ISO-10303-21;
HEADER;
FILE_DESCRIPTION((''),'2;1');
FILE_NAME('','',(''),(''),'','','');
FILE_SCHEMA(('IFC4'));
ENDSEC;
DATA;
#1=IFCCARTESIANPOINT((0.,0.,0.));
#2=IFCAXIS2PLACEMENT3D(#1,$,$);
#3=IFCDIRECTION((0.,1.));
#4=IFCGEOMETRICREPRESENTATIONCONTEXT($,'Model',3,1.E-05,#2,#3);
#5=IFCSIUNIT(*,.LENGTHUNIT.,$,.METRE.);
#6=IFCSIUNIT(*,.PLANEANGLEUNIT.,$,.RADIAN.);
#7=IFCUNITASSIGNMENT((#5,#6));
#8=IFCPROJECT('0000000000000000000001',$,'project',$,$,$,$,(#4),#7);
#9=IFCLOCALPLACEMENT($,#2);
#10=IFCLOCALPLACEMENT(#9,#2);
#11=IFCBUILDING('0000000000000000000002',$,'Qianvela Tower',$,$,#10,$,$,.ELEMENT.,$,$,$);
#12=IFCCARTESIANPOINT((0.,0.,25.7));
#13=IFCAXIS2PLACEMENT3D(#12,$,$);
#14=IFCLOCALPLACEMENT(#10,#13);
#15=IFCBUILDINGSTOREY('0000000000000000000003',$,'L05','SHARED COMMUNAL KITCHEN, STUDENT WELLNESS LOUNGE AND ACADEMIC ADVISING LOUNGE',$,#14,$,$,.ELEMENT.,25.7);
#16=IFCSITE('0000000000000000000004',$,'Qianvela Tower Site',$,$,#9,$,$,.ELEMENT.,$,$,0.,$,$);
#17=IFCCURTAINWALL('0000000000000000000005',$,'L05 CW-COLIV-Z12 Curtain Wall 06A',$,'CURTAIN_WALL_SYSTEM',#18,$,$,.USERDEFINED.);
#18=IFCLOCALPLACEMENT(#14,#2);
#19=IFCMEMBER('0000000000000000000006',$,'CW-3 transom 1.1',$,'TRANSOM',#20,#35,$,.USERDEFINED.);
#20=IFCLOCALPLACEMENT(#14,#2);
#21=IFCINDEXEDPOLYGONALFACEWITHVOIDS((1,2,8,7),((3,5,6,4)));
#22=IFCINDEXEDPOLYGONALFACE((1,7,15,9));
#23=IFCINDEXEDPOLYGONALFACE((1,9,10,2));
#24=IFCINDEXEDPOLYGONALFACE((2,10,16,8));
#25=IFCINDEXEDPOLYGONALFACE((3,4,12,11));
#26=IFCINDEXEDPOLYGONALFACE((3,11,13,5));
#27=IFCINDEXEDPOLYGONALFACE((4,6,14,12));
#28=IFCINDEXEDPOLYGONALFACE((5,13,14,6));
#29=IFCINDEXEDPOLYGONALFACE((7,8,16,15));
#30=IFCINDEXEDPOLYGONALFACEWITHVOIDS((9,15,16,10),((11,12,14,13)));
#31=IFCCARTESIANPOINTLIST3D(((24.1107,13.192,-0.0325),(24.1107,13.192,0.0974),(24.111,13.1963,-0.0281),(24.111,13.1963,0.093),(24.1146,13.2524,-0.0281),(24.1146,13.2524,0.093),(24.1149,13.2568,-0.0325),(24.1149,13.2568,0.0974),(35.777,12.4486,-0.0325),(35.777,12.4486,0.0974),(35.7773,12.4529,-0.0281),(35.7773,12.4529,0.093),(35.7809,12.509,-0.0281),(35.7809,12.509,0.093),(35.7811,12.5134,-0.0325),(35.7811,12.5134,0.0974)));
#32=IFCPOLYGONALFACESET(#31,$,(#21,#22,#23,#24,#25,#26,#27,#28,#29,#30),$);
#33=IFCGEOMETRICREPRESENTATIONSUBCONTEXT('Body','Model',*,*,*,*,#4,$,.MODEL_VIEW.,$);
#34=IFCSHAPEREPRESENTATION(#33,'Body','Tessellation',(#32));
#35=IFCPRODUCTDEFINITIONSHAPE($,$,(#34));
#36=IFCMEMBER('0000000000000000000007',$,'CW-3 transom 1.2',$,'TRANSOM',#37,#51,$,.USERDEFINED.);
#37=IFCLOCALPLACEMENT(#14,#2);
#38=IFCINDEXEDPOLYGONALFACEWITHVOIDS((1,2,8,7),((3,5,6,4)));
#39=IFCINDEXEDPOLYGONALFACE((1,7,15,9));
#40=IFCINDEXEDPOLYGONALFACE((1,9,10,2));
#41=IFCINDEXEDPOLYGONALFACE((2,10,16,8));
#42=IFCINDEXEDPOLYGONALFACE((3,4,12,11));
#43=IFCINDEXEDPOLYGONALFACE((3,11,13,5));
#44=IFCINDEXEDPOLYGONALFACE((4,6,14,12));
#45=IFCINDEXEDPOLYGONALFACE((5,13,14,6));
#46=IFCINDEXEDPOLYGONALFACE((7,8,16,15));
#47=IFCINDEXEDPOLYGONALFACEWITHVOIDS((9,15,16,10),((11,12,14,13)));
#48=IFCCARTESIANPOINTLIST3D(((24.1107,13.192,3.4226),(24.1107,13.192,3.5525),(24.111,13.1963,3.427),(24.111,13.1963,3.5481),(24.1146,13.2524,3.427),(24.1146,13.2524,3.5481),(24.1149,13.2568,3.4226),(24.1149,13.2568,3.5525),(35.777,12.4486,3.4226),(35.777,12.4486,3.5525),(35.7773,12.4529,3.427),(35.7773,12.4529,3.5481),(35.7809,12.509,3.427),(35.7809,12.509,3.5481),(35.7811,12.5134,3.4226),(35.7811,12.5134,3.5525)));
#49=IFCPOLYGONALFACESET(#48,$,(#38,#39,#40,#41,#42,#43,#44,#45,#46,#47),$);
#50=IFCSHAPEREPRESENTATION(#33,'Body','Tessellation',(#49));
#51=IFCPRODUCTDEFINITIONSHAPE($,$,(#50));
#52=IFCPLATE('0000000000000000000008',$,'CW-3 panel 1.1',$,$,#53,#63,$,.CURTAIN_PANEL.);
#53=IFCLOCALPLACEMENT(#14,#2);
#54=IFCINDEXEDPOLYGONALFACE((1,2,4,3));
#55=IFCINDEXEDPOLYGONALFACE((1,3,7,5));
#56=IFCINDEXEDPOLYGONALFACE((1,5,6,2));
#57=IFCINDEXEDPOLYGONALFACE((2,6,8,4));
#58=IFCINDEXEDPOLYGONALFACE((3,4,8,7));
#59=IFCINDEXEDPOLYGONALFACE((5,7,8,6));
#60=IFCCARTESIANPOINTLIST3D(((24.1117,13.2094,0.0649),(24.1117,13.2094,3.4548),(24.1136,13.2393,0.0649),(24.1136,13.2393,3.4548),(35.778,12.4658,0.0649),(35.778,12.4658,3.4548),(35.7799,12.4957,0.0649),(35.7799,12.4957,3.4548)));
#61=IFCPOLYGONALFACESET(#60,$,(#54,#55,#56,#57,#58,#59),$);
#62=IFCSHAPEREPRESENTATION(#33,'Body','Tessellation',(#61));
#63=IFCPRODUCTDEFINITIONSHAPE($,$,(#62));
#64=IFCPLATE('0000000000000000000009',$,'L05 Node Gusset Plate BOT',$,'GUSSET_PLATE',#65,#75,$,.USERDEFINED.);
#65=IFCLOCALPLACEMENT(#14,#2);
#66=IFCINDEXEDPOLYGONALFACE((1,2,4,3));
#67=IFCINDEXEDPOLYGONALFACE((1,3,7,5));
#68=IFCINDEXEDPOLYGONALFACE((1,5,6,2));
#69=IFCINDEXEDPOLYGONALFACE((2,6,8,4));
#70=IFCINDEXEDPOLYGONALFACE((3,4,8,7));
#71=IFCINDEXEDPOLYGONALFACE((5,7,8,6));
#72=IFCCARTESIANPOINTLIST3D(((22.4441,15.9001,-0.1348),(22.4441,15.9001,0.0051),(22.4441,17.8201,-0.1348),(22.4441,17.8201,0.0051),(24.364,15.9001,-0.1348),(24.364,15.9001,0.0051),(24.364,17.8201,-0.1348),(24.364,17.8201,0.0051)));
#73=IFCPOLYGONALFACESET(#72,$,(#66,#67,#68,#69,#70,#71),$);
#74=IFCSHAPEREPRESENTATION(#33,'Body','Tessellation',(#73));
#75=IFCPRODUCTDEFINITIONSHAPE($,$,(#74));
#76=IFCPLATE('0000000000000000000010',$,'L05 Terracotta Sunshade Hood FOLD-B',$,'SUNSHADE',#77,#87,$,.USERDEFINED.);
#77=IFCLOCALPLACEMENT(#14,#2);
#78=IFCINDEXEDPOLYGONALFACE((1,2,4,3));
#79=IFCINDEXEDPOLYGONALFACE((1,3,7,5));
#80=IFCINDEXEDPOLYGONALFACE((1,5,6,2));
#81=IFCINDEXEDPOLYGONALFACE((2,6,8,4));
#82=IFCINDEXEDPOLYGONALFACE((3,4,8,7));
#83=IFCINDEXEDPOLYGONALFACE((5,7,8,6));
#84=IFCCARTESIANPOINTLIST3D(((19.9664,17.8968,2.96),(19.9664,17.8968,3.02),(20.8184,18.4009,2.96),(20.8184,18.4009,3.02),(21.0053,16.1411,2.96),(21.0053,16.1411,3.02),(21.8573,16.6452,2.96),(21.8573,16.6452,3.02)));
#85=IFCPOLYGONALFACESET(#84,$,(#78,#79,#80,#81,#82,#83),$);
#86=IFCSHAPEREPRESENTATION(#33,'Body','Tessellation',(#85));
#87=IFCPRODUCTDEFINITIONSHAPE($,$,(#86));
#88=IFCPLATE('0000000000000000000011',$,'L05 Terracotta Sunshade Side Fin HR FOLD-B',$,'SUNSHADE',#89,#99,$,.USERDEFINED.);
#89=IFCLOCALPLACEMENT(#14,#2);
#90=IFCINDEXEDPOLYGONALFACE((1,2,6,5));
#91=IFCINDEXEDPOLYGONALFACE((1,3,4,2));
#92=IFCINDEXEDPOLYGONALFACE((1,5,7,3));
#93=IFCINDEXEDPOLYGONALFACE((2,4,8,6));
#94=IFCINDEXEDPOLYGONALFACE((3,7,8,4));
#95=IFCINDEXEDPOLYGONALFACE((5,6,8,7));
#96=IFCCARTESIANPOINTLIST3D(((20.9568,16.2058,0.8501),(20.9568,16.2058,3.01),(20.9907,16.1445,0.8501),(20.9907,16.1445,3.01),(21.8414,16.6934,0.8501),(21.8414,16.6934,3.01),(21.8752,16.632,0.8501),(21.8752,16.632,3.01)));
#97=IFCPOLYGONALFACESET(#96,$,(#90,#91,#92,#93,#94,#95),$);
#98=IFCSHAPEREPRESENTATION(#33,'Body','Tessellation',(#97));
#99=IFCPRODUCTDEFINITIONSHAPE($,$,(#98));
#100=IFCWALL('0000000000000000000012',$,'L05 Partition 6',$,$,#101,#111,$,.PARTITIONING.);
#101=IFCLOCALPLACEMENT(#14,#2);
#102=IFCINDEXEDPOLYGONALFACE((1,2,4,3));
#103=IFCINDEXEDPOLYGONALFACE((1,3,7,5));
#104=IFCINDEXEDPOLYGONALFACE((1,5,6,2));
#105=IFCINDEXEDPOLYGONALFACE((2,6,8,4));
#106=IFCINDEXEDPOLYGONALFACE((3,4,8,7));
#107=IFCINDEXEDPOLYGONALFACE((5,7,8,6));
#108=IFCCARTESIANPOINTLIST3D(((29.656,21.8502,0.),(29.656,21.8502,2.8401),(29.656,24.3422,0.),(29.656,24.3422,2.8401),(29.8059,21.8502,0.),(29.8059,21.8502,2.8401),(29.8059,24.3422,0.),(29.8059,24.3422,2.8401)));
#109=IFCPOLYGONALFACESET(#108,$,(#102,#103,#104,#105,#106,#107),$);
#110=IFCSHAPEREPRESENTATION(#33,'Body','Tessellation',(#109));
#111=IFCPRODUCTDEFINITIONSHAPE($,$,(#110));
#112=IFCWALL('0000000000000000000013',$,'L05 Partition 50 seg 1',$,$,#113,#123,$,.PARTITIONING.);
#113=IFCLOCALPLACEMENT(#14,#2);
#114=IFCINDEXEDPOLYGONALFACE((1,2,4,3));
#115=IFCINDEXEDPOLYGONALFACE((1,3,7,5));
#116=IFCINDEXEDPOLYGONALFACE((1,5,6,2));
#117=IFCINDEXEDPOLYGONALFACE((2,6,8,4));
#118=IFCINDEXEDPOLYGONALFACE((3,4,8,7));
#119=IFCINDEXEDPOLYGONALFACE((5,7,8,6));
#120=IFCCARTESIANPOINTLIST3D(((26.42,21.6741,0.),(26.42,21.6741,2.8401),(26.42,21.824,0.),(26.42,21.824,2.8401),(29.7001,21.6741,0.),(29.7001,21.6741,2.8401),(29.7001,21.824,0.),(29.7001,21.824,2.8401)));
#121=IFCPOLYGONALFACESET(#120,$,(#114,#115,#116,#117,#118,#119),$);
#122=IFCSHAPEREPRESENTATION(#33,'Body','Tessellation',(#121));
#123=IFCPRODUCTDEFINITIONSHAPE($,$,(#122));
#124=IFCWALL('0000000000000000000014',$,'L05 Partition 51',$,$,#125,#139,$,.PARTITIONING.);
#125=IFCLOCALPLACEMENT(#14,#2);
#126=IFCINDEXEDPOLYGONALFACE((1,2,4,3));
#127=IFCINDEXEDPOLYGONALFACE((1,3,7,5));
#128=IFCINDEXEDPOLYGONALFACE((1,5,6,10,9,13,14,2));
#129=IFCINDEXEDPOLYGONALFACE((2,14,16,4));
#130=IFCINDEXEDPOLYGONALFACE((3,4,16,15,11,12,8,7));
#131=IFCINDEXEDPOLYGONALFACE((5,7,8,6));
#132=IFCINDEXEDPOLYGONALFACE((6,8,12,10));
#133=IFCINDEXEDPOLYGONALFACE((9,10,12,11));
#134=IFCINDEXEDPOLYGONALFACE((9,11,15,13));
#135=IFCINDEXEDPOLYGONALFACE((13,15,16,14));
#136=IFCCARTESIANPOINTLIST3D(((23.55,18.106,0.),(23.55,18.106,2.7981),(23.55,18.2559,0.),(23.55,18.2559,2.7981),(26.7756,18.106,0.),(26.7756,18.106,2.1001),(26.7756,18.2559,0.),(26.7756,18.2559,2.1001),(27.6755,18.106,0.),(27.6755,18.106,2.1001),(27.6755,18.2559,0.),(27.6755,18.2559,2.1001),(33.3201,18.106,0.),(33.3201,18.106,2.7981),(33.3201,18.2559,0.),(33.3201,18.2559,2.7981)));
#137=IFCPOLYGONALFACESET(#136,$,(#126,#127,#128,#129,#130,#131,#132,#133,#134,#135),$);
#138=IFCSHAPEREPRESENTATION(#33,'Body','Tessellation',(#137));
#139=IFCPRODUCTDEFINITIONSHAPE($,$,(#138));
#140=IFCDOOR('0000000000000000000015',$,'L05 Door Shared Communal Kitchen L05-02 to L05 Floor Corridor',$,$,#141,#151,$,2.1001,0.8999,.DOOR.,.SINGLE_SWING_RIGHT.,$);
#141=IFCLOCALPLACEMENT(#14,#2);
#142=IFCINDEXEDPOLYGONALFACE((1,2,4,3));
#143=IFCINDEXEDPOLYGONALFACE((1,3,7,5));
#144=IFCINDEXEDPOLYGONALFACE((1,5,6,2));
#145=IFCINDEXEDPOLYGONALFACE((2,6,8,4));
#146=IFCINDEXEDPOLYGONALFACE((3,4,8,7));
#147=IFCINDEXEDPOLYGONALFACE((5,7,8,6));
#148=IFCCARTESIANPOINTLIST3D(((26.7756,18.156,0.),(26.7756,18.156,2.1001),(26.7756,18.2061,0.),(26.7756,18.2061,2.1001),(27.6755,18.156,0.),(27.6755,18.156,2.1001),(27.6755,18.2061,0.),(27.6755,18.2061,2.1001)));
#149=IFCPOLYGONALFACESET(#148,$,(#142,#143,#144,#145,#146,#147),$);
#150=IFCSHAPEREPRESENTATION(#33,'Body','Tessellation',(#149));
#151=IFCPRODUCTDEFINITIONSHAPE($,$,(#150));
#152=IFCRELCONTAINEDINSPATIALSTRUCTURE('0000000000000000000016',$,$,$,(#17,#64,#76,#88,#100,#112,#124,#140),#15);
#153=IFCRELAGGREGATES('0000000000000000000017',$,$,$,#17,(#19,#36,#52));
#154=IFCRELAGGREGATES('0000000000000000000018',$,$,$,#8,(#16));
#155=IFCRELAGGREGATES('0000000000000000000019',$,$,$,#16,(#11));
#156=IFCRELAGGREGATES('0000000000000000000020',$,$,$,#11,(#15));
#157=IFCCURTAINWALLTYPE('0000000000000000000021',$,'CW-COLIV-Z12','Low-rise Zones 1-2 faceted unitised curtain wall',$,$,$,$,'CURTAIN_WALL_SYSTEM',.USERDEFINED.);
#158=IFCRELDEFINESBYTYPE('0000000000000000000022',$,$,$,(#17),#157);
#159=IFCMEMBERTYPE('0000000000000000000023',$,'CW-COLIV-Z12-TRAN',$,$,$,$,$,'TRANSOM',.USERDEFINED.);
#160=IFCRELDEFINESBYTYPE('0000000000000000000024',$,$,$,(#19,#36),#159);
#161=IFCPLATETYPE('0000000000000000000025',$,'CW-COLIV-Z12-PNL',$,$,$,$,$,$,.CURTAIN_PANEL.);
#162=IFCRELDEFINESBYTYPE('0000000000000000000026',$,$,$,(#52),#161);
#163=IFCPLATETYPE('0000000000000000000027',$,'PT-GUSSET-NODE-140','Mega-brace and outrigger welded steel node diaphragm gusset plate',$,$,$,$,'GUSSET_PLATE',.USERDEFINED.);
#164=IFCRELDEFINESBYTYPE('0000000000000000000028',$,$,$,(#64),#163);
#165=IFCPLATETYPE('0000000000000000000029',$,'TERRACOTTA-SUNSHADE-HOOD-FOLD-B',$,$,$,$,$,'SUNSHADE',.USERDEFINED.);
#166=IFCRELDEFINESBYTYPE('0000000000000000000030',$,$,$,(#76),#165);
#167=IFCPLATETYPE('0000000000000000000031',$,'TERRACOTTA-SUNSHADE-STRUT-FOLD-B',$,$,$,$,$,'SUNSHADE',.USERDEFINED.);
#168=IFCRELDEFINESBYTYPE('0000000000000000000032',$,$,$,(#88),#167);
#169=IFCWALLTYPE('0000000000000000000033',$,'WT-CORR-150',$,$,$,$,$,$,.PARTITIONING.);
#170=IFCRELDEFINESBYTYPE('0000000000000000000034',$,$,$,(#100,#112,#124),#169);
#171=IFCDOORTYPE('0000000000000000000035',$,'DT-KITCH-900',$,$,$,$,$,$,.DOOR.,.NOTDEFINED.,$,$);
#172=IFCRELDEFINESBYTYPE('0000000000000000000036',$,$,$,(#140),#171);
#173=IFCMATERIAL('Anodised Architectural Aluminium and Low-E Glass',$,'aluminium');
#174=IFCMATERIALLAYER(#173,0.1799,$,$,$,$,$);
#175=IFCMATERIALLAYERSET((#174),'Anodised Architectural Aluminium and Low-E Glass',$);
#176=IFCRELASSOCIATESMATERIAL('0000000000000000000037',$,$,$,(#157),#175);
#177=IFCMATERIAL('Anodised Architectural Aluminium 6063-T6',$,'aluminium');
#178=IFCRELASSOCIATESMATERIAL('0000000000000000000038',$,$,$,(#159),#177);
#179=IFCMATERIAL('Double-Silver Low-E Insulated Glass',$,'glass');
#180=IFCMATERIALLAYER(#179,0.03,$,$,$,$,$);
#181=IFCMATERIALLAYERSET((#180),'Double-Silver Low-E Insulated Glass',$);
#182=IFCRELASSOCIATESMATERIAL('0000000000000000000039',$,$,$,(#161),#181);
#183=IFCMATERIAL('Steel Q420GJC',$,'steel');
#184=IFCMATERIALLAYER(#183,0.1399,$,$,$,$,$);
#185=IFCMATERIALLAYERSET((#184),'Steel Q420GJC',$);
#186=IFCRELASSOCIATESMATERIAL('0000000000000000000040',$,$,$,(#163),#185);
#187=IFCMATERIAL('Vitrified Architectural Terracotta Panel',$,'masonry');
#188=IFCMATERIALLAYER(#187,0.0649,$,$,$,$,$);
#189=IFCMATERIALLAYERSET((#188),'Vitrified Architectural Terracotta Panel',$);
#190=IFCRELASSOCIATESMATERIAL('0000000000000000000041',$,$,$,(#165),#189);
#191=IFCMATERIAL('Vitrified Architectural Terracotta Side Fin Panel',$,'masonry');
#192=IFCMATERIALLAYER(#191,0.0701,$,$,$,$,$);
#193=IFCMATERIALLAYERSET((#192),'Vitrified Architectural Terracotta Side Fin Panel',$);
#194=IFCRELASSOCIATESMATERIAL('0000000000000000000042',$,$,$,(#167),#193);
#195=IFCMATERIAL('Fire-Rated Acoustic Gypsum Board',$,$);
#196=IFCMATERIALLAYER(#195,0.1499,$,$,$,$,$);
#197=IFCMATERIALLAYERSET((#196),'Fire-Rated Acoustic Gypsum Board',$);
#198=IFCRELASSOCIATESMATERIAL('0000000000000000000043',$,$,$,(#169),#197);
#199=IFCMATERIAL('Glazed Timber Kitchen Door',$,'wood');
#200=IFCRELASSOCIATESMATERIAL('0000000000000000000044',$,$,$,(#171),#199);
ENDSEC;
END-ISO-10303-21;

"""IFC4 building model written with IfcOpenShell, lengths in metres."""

from ifc_helpers import new_model, si_unit, direction, frame, frame_2d, origin, origin_2d, place, context, subcontext, project, spatial, rectangle, hollow_rectangle, extrude, material, layer, layer_set, material_profile, profile_set, type_object, element, fill, aggregate, save


model = new_model("IFC4")

# Units and contexts
model_context = context("Model", 3, precision=1e-05, world=origin(), true_north=direction((0.0, 1.0)))
body_context = subcontext(model_context, "Body", "Model", "MODEL_VIEW")
ifc_project = project(units=[si_unit("LENGTHUNIT", "METRE"), si_unit("PLANEANGLEUNIT", "RADIAN")], contexts=[model_context])

# Site, building, storey
site_placement = place(None, origin())
site = spatial("IfcSite", under=ifc_project, at=site_placement, Name="Qianvela Tower Site", CompositionType="ELEMENT", RefElevation=0.0)
building_placement = place(site_placement, origin())
building = spatial("IfcBuilding", under=site, at=building_placement, Name="Qianvela Tower", CompositionType="ELEMENT")
storey_placement = place(building_placement, frame((0.0, 0.0, 25.7)))
storey = spatial("IfcBuildingStorey", under=building, at=storey_placement, Name="L05", Description="SHARED COMMUNAL KITCHEN, STUDENT WELLNESS LOUNGE AND ACADEMIC ADVISING LOUNGE", CompositionType="ELEMENT", Elevation=25.7)

# Curtain wall, members, plate
ifc_material_1 = material(Name="Anodised Architectural Aluminium and Low-E Glass", Category="aluminium")
ifc_layer_1 = layer(ifc_material_1, 0.1799)
ifc_layer_set_1 = layer_set([ifc_layer_1], Name="Anodised Architectural Aluminium and Low-E Glass")
curtain_wall_type = type_object("IfcCurtainWallType", Name="CW-COLIV-Z12", Description="Low-rise Zones 1-2 faceted unitised curtain wall", ElementType="CURTAIN_WALL_SYSTEM", PredefinedType="USERDEFINED", material=ifc_layer_set_1)
curtain_wall_placement = place(storey_placement, origin())
curtain_wall = element("IfcCurtainWall", 1, at=curtain_wall_placement, inside=storey, type_object=curtain_wall_type, Name="L05 CW-COLIV-Z12 Curtain Wall 06A", ObjectType="CURTAIN_WALL_SYSTEM", PredefinedType="USERDEFINED")
ifc_material_2 = material(Name="Anodised Architectural Aluminium 6063-T6", Category="aluminium")
ifc_material_profile_1 = material_profile(ifc_material_2, hollow_rectangle(XDim=0.0649, YDim=0.1299, WallThickness=0.0044, at=origin_2d()), Name="ALU-TRAN-65x130")
ifc_profile_set_1 = profile_set([ifc_material_profile_1], Name="Anodised Architectural Aluminium 6063-T6")
member_type_1 = type_object("IfcMemberType", Name="CW-COLIV-Z12-TRAN", ElementType="TRANSOM", PredefinedType="USERDEFINED", material=ifc_profile_set_1)
member_1_placement = place(storey_placement, frame((24.1128, 13.2244, 0.0325), z_axis=(0.997976, -0.063594, 0.0), x_axis=(0.063594, 0.997976, 0.0)))
member_1 = element("IfcMember", 2, at=member_1_placement, type_object=member_type_1, Name="CW-3 transom 1.1", ObjectType="TRANSOM", PredefinedType="USERDEFINED", context=body_context, shape_type="SweptSolid", body=[
    extrude(hollow_rectangle(XDim=0.0649, YDim=0.1299, WallThickness=0.0044, at=origin_2d()), origin(), (0.0, 0.0, 1.0), 11.6899),
])
member_2_placement = place(storey_placement, frame((24.1128, 13.2244, 3.4875), z_axis=(0.997976, -0.063594, 0.0), x_axis=(0.063594, 0.997976, 0.0)))
member_2 = element("IfcMember", 3, at=member_2_placement, type_object=member_type_1, Name="CW-3 transom 1.2", ObjectType="TRANSOM", PredefinedType="USERDEFINED", context=body_context, shape_type="SweptSolid", body=[
    extrude(hollow_rectangle(XDim=0.0649, YDim=0.1299, WallThickness=0.0044, at=origin_2d()), origin(), (0.0, 0.0, 1.0), 11.6899),
])
ifc_material_3 = material(Name="Double-Silver Low-E Insulated Glass", Category="glass")
ifc_layer_2 = layer(ifc_material_3, 0.03)
ifc_layer_set_2 = layer_set([ifc_layer_2], Name="Double-Silver Low-E Insulated Glass")
plate_type_1 = type_object("IfcPlateType", Name="CW-COLIV-Z12-PNL", PredefinedType="CURTAIN_PANEL", material=ifc_layer_set_2)
plate_1_placement = place(storey_placement, frame((29.9458, 12.8525, 0.0649), z_axis=(0.0, 0.0, 1.0), x_axis=(0.997975, -0.06361, 0.0)))
plate_1 = element("IfcPlate", 4, at=plate_1_placement, type_object=plate_type_1, Name="CW-3 panel 1.1", PredefinedType="CURTAIN_PANEL", context=body_context, shape_type="SweptSolid", body=[
    extrude(rectangle(XDim=11.6899, YDim=0.03, at=origin_2d()), origin(), (0.0, 0.0, 1.0), 3.3899),
])
aggregate(curtain_wall, [member_1, member_2, plate_1])

# Plates
ifc_material_4 = material(Name="Steel Q420GJC", Category="steel")
ifc_layer_3 = layer(ifc_material_4, 0.1399)
ifc_layer_set_3 = layer_set([ifc_layer_3], Name="Steel Q420GJC")
plate_type_2 = type_object("IfcPlateType", Name="PT-GUSSET-NODE-140", Description="Mega-brace and outrigger welded steel node diaphragm gusset plate", ElementType="GUSSET_PLATE", PredefinedType="USERDEFINED", material=ifc_layer_set_3)
plate_2_placement = place(storey_placement, frame((23.4041, 16.8601, -0.1348), z_axis=(0.0, 0.0, 1.0), x_axis=(1.0, 0.0, 0.0)))
element("IfcPlate", 5, at=plate_2_placement, inside=storey, type_object=plate_type_2, Name="L05 Node Gusset Plate BOT", ObjectType="GUSSET_PLATE", PredefinedType="USERDEFINED", context=body_context, shape_type="SweptSolid", body=[
    extrude(rectangle(XDim=1.9199, YDim=1.9199, at=origin_2d()), origin(), (0.0, 0.0, 1.0), 0.1399),
])
ifc_material_5 = material(Name="Vitrified Architectural Terracotta Panel", Category="masonry")
ifc_layer_4 = layer(ifc_material_5, 0.0649)
ifc_layer_set_4 = layer_set([ifc_layer_4], Name="Vitrified Architectural Terracotta Panel")
plate_type_3 = type_object("IfcPlateType", Name="TERRACOTTA-SUNSHADE-HOOD-FOLD-B", ElementType="SUNSHADE", PredefinedType="USERDEFINED", material=ifc_layer_set_4)
plate_3_placement = place(storey_placement, frame((20.9119, 17.271, 2.96), z_axis=(0.0, 0.0, 1.0), x_axis=(0.509253, -0.860617, 0.0)))
element("IfcPlate", 6, at=plate_3_placement, inside=storey, type_object=plate_type_3, Name="L05 Terracotta Sunshade Hood FOLD-B", ObjectType="SUNSHADE", PredefinedType="USERDEFINED", context=body_context, shape_type="SweptSolid", body=[
    extrude(rectangle(XDim=2.04, YDim=0.99, at=origin_2d()), origin(), (0.0, 0.0, 1.0), 0.0601),
])
ifc_material_6 = material(Name="Vitrified Architectural Terracotta Side Fin Panel", Category="masonry")
ifc_layer_5 = layer(ifc_material_6, 0.0701)
ifc_layer_set_5 = layer_set([ifc_layer_5], Name="Vitrified Architectural Terracotta Side Fin Panel")
plate_type_4 = type_object("IfcPlateType", Name="TERRACOTTA-SUNSHADE-STRUT-FOLD-B", ElementType="SUNSHADE", PredefinedType="USERDEFINED", material=ifc_layer_set_5)
plate_4_placement = place(storey_placement, frame((21.416, 16.4189, 0.8501), z_axis=(0.0, 0.0, 1.0), x_axis=(0.482734, -0.875767, 0.0)))
element("IfcPlate", 7, at=plate_4_placement, inside=storey, type_object=plate_type_4, Name="L05 Terracotta Sunshade Side Fin HR FOLD-B", ObjectType="SUNSHADE", PredefinedType="USERDEFINED", context=body_context, shape_type="SweptSolid", body=[
    extrude(rectangle(XDim=0.0701, YDim=1.01, at=origin_2d()), origin(), (0.0, 0.0, 1.0), 2.1599),
])

# Walls
ifc_material_7 = material(Name="Fire-Rated Acoustic Gypsum Board")
ifc_layer_6 = layer(ifc_material_7, 0.1499)
ifc_layer_set_6 = layer_set([ifc_layer_6], Name="Fire-Rated Acoustic Gypsum Board")
wall_type_1 = type_object("IfcWallType", Name="WT-CORR-150", PredefinedType="PARTITIONING", material=ifc_layer_set_6)
wall_1_placement = place(storey_placement, frame((29.731, 21.8501, 0.0), z_axis=(0.0, 0.0, 1.0), x_axis=(0.0, 1.0, 0.0)))
element("IfcWall", 8, at=wall_1_placement, inside=storey, type_object=wall_type_1, Name="L05 Partition 6", PredefinedType="PARTITIONING", context=body_context, shape_type="SweptSolid", body=[
    extrude(rectangle(XDim=2.4919, YDim=0.1499, at=frame_2d((1.2461, 0.0))), origin(), (0.0, 0.0, 1.0), 2.8401),
])
wall_2_placement = place(storey_placement, frame((26.4199, 21.749, 0.0), z_axis=(0.0, 0.0, 1.0), x_axis=(1.0, 0.0, 0.0)))
element("IfcWall", 9, at=wall_2_placement, inside=storey, type_object=wall_type_1, Name="L05 Partition 50 seg 1", PredefinedType="PARTITIONING", context=body_context, shape_type="SweptSolid", body=[
    extrude(rectangle(XDim=3.28, YDim=0.1499, at=frame_2d((1.6401, 0.0))), origin(), (0.0, 0.0, 1.0), 2.8401),
])

# Wall, opening, door
wall_3_placement = place(storey_placement, frame((33.3201, 18.1809, 0.0), z_axis=(0.0, 0.0, 1.0), x_axis=(-1.0, 0.0, 0.0)))
wall_3 = element("IfcWall", 10, at=wall_3_placement, inside=storey, type_object=wall_type_1, Name="L05 Partition 51", PredefinedType="PARTITIONING", context=body_context, shape_type="SweptSolid", body=[
    extrude(rectangle(XDim=9.77, YDim=0.1499, at=frame_2d((4.885, 0.0))), origin(), (0.0, 0.0, 1.0), 2.7981),
])
opening_1_placement = place(wall_3_placement, frame((5.6445, 0.0, 0.0)))
opening_1 = element("IfcOpeningElement", 11, at=opening_1_placement, cuts=wall_3, PredefinedType="OPENING", context=body_context, shape_type="SweptSolid", body=[
    extrude(rectangle(XDim=0.8999, YDim=2.1001, at=frame_2d((0.45, 1.05))), frame((0.0, 0.085, 0.0), z_axis=(0.0, -1.0, 0.0), x_axis=(1.0, 0.0, 0.0)), (0.0, 0.0, 1.0), 0.1699),
])
ifc_material_8 = material(Name="Glazed Timber Kitchen Door", Category="wood")
door_type = type_object("IfcDoorType", Name="DT-KITCH-900", OperationType="NOTDEFINED", PredefinedType="DOOR", material=ifc_material_8)
door_1_placement = place(opening_1_placement, origin())
door_1 = element("IfcDoor", 12, at=door_1_placement, inside=storey, type_object=door_type, Name="L05 Door Shared Communal Kitchen L05-02 to L05 Floor Corridor", OperationType="SINGLE_SWING_RIGHT", OverallHeight=2.1001, OverallWidth=0.8999, PredefinedType="DOOR", context=body_context, shape_type="SweptSolid", body=[
    extrude(rectangle(XDim=0.8999, YDim=2.1001, at=frame_2d((0.45, 1.05))), frame((0.0, 0.0249, 0.0), z_axis=(0.0, -1.0, 0.0), x_axis=(1.0, 0.0, 0.0)), (0.0, 0.0, 1.0), 0.05),
])
fill(opening_1, door_1)

save(model, "model.ifc")
